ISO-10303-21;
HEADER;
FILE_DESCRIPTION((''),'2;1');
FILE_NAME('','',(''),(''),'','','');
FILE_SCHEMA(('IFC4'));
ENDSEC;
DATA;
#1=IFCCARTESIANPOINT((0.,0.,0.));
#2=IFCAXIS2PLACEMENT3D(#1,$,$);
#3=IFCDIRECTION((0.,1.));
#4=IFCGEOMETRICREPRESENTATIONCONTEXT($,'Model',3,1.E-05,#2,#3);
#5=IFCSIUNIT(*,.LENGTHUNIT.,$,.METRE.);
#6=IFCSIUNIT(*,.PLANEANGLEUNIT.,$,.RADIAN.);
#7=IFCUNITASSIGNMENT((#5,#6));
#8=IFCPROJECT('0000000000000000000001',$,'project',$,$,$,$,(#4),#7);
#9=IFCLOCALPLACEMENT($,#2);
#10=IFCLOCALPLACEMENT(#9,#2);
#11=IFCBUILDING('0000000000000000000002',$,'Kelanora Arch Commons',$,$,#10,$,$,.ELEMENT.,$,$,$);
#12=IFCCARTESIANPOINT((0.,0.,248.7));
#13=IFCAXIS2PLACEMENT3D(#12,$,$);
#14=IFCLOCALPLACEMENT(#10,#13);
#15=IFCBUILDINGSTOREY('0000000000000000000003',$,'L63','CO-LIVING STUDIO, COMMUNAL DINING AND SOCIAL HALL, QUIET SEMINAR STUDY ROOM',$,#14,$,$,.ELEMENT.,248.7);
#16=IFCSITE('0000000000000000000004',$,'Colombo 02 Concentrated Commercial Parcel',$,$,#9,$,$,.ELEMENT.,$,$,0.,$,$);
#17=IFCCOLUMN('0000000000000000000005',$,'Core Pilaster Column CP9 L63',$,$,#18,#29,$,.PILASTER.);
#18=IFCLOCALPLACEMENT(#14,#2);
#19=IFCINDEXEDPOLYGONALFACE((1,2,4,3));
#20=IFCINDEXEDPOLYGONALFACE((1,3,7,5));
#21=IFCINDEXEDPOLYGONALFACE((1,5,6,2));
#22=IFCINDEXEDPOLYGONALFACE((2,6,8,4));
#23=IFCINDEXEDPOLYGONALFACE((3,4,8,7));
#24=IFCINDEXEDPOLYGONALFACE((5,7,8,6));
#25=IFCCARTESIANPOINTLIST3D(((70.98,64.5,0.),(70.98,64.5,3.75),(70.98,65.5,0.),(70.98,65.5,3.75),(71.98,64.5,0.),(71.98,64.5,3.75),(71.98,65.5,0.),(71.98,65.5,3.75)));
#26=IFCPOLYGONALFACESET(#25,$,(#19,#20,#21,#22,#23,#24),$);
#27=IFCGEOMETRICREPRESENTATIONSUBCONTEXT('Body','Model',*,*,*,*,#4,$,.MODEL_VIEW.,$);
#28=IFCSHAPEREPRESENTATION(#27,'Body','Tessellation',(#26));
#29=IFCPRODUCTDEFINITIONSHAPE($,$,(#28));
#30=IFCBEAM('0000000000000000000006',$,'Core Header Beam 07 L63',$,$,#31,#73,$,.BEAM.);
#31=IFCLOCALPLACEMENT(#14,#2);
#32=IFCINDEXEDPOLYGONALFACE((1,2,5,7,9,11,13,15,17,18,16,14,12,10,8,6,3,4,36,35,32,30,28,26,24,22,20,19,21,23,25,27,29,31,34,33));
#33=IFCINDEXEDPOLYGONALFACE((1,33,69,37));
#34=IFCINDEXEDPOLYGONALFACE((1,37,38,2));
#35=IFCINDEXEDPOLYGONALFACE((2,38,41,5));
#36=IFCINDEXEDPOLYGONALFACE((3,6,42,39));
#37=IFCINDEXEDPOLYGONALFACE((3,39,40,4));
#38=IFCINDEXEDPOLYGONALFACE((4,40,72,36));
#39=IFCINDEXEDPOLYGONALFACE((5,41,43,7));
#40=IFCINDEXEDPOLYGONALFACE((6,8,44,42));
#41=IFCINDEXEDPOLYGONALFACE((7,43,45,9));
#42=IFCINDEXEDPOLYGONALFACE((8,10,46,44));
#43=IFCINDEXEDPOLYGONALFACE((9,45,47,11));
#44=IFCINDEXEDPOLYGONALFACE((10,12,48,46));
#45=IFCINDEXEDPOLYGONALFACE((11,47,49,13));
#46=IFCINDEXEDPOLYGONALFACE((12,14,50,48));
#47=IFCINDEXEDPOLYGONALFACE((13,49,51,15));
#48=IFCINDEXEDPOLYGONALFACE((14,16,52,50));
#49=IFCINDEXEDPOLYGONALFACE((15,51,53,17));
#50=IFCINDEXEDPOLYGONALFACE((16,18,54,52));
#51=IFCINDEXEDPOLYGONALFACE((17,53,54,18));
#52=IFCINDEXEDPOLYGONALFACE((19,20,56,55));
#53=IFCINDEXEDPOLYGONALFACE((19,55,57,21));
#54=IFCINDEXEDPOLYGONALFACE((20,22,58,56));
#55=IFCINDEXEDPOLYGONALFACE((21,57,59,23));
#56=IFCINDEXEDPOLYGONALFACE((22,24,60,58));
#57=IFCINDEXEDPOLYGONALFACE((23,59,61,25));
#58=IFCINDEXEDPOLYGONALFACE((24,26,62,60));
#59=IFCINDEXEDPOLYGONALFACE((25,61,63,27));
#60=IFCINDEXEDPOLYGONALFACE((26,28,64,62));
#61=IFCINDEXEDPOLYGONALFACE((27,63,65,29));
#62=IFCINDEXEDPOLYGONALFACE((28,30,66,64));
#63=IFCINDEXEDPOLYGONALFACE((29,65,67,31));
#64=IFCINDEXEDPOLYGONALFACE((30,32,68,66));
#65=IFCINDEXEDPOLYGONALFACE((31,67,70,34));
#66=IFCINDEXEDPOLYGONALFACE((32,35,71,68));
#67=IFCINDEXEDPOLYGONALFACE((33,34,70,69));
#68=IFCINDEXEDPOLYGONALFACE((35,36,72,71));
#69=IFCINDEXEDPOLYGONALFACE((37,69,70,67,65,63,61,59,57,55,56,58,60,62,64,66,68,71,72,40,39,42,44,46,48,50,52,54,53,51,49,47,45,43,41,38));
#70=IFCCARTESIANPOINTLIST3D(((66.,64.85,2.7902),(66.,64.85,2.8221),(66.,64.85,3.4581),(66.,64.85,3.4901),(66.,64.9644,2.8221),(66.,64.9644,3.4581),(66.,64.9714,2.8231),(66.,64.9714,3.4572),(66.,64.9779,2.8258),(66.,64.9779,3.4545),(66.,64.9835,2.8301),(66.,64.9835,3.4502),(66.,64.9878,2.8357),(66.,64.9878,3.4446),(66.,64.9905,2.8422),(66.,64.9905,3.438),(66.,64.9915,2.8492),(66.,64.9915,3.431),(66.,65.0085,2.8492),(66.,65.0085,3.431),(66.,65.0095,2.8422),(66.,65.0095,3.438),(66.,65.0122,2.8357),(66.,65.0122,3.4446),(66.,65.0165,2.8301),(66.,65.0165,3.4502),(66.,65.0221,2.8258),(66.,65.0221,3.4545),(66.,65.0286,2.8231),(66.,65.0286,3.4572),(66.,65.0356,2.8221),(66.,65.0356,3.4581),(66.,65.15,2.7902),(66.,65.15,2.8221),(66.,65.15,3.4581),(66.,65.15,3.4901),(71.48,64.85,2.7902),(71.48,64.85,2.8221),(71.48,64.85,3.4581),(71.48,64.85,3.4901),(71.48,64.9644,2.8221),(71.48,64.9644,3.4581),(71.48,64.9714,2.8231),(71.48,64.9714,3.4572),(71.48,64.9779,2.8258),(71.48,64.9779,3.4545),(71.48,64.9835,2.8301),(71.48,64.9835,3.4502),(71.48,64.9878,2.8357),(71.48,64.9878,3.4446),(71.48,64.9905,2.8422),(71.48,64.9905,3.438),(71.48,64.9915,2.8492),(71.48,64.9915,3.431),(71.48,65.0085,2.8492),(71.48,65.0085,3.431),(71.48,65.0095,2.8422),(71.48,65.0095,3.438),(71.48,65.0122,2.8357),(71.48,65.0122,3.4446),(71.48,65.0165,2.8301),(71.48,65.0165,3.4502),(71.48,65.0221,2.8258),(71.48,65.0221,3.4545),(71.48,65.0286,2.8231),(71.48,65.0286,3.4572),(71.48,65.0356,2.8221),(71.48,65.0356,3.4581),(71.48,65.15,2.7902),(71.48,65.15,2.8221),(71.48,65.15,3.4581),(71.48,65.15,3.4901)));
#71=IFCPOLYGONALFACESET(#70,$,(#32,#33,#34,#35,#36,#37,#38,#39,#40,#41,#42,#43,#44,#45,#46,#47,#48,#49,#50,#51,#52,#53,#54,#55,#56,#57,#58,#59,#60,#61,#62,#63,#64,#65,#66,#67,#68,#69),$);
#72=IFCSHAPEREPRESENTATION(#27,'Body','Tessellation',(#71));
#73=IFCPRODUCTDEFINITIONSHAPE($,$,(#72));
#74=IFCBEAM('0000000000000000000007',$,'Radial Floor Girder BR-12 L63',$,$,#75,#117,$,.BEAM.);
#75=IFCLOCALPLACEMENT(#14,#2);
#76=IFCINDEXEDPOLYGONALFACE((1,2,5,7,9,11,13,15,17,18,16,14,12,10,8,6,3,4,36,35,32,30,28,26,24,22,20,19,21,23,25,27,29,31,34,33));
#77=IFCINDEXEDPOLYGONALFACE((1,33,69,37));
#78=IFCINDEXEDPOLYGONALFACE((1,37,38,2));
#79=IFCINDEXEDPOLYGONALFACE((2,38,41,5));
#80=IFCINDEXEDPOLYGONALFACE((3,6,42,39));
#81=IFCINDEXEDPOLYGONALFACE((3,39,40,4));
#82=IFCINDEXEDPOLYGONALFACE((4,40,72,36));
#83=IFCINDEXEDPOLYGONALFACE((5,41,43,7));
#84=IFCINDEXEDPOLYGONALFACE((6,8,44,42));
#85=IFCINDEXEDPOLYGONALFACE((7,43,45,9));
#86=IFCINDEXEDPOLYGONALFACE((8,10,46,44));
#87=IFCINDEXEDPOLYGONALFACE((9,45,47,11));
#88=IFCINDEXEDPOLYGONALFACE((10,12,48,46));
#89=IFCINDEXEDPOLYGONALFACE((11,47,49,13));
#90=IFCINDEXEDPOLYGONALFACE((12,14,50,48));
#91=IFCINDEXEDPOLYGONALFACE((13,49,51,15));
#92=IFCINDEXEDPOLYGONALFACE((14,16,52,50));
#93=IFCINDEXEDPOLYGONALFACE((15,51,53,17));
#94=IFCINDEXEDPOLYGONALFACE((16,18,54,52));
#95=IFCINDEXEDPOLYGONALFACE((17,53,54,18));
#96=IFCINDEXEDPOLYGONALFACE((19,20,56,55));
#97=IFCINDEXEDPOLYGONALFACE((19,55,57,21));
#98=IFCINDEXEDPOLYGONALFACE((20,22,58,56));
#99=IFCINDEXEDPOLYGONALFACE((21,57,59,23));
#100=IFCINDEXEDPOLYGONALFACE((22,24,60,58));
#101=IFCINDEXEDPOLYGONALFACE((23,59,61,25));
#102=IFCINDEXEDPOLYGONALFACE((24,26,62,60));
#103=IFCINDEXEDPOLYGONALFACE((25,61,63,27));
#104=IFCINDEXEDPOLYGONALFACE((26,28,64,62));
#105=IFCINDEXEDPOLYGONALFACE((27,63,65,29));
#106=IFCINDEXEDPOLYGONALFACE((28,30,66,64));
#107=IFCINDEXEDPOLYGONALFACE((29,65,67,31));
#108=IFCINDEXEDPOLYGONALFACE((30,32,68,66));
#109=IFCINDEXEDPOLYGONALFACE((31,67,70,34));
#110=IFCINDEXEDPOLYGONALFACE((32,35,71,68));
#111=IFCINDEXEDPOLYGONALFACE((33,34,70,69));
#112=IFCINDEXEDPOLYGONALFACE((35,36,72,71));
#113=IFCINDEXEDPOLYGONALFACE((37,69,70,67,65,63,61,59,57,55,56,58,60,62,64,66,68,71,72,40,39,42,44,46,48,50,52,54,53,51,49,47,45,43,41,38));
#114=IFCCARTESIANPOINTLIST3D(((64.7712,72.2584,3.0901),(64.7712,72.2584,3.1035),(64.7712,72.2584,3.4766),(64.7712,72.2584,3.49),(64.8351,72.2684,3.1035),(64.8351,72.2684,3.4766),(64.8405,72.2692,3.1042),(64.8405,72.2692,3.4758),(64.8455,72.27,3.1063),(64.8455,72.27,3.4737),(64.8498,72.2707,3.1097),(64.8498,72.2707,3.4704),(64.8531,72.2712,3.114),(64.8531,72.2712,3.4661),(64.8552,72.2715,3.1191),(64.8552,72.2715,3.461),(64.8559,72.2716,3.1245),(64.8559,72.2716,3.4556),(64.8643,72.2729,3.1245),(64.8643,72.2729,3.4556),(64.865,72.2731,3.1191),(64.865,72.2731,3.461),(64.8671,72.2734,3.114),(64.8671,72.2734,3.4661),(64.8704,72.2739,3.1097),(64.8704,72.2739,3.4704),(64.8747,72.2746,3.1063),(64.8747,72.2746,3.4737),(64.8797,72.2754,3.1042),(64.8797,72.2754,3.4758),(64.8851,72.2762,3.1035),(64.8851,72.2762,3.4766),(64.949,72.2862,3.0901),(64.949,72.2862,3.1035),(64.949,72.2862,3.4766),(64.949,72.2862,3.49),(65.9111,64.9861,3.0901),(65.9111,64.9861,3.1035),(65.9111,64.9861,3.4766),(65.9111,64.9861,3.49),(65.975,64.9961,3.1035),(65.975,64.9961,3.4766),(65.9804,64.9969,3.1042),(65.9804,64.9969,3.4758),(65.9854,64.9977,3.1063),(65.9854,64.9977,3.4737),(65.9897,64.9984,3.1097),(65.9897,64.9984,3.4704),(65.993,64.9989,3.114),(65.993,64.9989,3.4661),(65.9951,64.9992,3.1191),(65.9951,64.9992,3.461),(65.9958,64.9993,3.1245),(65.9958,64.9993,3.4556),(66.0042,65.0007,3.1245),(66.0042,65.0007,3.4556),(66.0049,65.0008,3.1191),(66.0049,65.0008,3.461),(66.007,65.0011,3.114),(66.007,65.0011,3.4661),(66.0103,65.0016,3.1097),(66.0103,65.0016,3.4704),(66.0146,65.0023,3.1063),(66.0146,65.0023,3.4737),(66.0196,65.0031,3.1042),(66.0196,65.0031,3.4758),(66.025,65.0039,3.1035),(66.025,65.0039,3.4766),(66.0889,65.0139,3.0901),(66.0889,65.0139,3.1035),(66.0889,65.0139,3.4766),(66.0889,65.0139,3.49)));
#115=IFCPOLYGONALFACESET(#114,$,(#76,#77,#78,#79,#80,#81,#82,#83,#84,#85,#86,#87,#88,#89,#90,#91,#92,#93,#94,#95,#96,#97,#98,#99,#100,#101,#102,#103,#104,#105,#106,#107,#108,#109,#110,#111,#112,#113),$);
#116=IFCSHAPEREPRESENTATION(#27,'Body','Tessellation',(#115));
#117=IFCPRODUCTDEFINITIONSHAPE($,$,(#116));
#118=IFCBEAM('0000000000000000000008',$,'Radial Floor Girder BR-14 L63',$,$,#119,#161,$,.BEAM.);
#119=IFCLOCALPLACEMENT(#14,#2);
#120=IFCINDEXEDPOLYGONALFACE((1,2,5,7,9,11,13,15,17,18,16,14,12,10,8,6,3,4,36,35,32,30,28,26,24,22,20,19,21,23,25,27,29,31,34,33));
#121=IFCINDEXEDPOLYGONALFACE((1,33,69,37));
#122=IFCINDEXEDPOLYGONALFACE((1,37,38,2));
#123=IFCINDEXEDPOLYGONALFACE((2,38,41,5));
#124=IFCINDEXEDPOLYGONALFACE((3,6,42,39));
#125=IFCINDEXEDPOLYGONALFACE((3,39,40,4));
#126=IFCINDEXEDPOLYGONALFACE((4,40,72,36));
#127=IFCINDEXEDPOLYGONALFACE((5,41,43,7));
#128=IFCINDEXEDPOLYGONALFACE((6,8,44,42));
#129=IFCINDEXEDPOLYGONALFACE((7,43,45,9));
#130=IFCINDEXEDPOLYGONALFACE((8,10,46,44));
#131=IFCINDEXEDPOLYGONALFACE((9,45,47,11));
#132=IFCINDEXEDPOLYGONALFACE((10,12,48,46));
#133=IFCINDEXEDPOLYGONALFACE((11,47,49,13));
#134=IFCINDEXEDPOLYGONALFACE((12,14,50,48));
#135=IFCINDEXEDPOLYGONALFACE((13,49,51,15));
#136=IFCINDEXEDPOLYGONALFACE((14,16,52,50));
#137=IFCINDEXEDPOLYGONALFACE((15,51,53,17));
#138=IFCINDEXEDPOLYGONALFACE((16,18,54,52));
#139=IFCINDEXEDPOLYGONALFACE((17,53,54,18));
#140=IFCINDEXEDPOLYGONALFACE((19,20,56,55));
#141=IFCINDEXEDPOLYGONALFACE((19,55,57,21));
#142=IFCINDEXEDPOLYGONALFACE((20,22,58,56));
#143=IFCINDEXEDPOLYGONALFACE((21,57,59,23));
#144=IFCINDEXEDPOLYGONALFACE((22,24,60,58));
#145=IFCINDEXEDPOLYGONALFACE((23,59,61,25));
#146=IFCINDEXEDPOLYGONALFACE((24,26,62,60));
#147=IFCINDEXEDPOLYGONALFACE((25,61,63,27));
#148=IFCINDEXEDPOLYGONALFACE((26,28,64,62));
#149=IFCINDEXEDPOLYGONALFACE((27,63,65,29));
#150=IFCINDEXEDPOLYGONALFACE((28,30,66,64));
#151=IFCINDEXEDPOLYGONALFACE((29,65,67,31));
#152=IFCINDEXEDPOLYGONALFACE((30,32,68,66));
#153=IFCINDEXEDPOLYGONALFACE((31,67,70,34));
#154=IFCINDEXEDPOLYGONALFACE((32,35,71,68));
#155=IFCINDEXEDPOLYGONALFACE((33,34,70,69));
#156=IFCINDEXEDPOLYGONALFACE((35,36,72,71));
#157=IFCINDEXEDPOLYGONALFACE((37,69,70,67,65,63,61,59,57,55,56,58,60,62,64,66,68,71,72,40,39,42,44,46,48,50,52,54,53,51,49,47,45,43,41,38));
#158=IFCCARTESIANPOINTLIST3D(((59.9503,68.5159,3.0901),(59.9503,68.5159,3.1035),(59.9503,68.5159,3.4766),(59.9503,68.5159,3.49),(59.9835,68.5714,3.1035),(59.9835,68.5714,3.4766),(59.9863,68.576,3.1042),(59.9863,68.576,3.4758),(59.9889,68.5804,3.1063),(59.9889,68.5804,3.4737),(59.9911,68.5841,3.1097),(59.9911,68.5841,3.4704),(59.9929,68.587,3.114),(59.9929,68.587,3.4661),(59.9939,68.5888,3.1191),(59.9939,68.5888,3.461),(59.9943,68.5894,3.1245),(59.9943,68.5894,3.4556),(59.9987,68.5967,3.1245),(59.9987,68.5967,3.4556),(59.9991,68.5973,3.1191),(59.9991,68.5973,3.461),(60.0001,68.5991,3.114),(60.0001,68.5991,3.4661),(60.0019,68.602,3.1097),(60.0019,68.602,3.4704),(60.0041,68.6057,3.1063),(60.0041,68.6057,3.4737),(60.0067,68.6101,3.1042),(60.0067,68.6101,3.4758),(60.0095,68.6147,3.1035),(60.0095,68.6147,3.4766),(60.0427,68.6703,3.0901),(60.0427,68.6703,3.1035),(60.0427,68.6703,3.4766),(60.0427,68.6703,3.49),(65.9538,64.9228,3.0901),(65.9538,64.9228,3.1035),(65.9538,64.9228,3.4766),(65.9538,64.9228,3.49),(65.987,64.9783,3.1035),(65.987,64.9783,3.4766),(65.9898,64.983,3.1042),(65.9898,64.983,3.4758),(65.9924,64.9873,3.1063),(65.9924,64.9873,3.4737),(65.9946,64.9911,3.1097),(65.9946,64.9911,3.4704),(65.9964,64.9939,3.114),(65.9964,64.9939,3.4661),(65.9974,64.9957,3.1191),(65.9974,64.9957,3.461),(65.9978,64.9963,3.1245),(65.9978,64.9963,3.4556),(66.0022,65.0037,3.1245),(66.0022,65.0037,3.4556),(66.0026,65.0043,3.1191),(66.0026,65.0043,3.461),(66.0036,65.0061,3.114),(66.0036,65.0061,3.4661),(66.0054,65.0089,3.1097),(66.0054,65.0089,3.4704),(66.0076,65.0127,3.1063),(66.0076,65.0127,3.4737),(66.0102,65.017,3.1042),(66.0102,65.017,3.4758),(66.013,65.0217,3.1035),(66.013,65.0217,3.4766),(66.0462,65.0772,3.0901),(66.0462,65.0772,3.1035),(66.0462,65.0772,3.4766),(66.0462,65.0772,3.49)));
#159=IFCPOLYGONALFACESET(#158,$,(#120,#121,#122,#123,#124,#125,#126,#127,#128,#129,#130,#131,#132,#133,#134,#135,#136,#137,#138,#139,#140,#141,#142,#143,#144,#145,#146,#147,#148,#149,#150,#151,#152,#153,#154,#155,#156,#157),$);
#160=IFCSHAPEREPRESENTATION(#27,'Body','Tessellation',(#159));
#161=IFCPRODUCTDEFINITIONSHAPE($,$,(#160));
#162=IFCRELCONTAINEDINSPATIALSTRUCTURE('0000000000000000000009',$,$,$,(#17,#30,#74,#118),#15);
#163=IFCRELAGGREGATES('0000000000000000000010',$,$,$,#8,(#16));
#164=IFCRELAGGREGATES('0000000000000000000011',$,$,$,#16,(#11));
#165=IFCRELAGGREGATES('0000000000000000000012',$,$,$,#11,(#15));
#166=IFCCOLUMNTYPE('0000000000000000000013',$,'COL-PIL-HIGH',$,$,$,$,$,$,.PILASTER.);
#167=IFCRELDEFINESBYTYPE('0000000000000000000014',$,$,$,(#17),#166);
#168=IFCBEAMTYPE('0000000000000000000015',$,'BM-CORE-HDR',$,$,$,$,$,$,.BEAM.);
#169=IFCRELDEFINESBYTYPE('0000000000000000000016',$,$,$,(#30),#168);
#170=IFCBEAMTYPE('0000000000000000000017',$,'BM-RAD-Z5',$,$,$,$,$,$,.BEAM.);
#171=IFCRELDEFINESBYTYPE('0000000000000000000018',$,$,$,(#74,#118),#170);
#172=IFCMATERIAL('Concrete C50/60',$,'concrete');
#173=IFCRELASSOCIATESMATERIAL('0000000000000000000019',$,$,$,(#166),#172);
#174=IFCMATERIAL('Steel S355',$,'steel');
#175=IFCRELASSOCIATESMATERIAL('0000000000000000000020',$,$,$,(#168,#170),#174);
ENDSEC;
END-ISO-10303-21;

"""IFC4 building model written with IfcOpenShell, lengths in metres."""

from ifc_helpers import new_model, si_unit, direction, frame, origin, origin_2d, place, context, subcontext, project, spatial, rectangle, i_section, extrude, material, material_profile, profile_set, type_object, element, save


model = new_model("IFC4")

# Units and contexts
model_context = context("Model", 3, precision=1e-05, world=origin(), true_north=direction((0.0, 1.0)))
body_context = subcontext(model_context, "Body", "Model", "MODEL_VIEW")
ifc_project = project(units=[si_unit("LENGTHUNIT", "METRE"), si_unit("PLANEANGLEUNIT", "RADIAN")], contexts=[model_context])

# Site, building, storey
site_placement = place(None, origin())
site = spatial("IfcSite", under=ifc_project, at=site_placement, Name="Colombo 02 Concentrated Commercial Parcel", CompositionType="ELEMENT", RefElevation=0.0)
building_placement = place(site_placement, origin())
building = spatial("IfcBuilding", under=site, at=building_placement, Name="Kelanora Arch Commons", CompositionType="ELEMENT")
storey_placement = place(building_placement, frame((0.0, 0.0, 248.7)))
storey = spatial("IfcBuildingStorey", under=building, at=storey_placement, Name="L63", Description="CO-LIVING STUDIO, COMMUNAL DINING AND SOCIAL HALL, QUIET SEMINAR STUDY ROOM", CompositionType="ELEMENT", Elevation=248.7)

# Column
ifc_material_1 = material(Name="Concrete C50/60", Category="concrete")
ifc_material_profile_1 = material_profile(ifc_material_1, rectangle(XDim=1.0, YDim=1.0, at=origin_2d()), Name="RC1000x1000")
ifc_profile_set_1 = profile_set([ifc_material_profile_1], Name="Concrete C50/60")
column_type = type_object("IfcColumnType", Name="COL-PIL-HIGH", PredefinedType="PILASTER", material=ifc_profile_set_1)
column_placement = place(storey_placement, frame((71.48, 65.0, 0.0), z_axis=(0.0, 0.0, 1.0), x_axis=(1.0, 0.0, 0.0)))
element("IfcColumn", 1, at=column_placement, inside=storey, type_object=column_type, Name="Core Pilaster Column CP9 L63", PredefinedType="PILASTER", context=body_context, shape_type="SweptSolid", body=[
    extrude(rectangle(XDim=1.0, YDim=1.0, at=origin_2d()), origin(), (0.0, 0.0, 1.0), 3.75),
])

# Beams
ifc_material_2 = material(Name="Steel S355", Category="steel")
ifc_material_profile_2 = material_profile(ifc_material_2, i_section(OverallWidth=0.3, OverallDepth=0.7, WebThickness=0.0171, FlangeThickness=0.032, FilletRadius=0.0271, at=origin_2d()), Name="HEB700")
ifc_profile_set_2 = profile_set([ifc_material_profile_2], Name="Steel S355")
beam_type_1 = type_object("IfcBeamType", Name="BM-CORE-HDR", PredefinedType="BEAM", material=ifc_profile_set_2)
beam_1_placement = place(storey_placement, frame((71.48, 65.0, 3.1401), z_axis=(-1.0, 0.0, 0.0), x_axis=(0.0, -1.0, 0.0)))
element("IfcBeam", 2, at=beam_1_placement, inside=storey, type_object=beam_type_1, Name="Core Header Beam 07 L63", PredefinedType="BEAM", context=body_context, shape_type="SweptSolid", body=[
    extrude(i_section(OverallWidth=0.3, OverallDepth=0.7, WebThickness=0.0171, FlangeThickness=0.032, FilletRadius=0.0271, at=origin_2d()), origin(), (0.0, 0.0, 1.0), 5.48),
])
ifc_material_profile_3 = material_profile(ifc_material_2, i_section(OverallWidth=0.1799, OverallDepth=0.3999, WebThickness=0.0085, FlangeThickness=0.0134, FilletRadius=0.021, at=origin_2d()), Name="IPE400")
ifc_profile_set_3 = profile_set([ifc_material_profile_3], Name="Steel S355")
beam_type_2 = type_object("IfcBeamType", Name="BM-RAD-Z5", PredefinedType="BEAM", material=ifc_profile_set_3)
beam_2_placement = place(storey_placement, frame((66.0, 65.0, 3.29), z_axis=(-0.154855, 0.987937, 0.0), x_axis=(-0.987937, -0.154855, 0.0)))
element("IfcBeam", 3, at=beam_2_placement, inside=storey, type_object=beam_type_2, Name="Radial Floor Girder BR-12 L63", PredefinedType="BEAM", context=body_context, shape_type="SweptSolid", body=[
    extrude(i_section(OverallWidth=0.1799, OverallDepth=0.3999, WebThickness=0.0085, FlangeThickness=0.0134, FilletRadius=0.021, at=origin_2d()), origin(), (0.0, 0.0, 1.0), 7.3611),
])
beam_3_placement = place(storey_placement, frame((66.0, 65.0, 3.29), z_axis=(-0.858062, 0.513546, 0.0), x_axis=(-0.513546, -0.858062, 0.0)))
element("IfcBeam", 4, at=beam_3_placement, inside=storey, type_object=beam_type_2, Name="Radial Floor Girder BR-14 L63", PredefinedType="BEAM", context=body_context, shape_type="SweptSolid", body=[
    extrude(i_section(OverallWidth=0.1799, OverallDepth=0.3999, WebThickness=0.0085, FlangeThickness=0.0134, FilletRadius=0.021, at=origin_2d()), origin(), (0.0, 0.0, 1.0), 6.9966),
])

save(model, "model.ifc")
